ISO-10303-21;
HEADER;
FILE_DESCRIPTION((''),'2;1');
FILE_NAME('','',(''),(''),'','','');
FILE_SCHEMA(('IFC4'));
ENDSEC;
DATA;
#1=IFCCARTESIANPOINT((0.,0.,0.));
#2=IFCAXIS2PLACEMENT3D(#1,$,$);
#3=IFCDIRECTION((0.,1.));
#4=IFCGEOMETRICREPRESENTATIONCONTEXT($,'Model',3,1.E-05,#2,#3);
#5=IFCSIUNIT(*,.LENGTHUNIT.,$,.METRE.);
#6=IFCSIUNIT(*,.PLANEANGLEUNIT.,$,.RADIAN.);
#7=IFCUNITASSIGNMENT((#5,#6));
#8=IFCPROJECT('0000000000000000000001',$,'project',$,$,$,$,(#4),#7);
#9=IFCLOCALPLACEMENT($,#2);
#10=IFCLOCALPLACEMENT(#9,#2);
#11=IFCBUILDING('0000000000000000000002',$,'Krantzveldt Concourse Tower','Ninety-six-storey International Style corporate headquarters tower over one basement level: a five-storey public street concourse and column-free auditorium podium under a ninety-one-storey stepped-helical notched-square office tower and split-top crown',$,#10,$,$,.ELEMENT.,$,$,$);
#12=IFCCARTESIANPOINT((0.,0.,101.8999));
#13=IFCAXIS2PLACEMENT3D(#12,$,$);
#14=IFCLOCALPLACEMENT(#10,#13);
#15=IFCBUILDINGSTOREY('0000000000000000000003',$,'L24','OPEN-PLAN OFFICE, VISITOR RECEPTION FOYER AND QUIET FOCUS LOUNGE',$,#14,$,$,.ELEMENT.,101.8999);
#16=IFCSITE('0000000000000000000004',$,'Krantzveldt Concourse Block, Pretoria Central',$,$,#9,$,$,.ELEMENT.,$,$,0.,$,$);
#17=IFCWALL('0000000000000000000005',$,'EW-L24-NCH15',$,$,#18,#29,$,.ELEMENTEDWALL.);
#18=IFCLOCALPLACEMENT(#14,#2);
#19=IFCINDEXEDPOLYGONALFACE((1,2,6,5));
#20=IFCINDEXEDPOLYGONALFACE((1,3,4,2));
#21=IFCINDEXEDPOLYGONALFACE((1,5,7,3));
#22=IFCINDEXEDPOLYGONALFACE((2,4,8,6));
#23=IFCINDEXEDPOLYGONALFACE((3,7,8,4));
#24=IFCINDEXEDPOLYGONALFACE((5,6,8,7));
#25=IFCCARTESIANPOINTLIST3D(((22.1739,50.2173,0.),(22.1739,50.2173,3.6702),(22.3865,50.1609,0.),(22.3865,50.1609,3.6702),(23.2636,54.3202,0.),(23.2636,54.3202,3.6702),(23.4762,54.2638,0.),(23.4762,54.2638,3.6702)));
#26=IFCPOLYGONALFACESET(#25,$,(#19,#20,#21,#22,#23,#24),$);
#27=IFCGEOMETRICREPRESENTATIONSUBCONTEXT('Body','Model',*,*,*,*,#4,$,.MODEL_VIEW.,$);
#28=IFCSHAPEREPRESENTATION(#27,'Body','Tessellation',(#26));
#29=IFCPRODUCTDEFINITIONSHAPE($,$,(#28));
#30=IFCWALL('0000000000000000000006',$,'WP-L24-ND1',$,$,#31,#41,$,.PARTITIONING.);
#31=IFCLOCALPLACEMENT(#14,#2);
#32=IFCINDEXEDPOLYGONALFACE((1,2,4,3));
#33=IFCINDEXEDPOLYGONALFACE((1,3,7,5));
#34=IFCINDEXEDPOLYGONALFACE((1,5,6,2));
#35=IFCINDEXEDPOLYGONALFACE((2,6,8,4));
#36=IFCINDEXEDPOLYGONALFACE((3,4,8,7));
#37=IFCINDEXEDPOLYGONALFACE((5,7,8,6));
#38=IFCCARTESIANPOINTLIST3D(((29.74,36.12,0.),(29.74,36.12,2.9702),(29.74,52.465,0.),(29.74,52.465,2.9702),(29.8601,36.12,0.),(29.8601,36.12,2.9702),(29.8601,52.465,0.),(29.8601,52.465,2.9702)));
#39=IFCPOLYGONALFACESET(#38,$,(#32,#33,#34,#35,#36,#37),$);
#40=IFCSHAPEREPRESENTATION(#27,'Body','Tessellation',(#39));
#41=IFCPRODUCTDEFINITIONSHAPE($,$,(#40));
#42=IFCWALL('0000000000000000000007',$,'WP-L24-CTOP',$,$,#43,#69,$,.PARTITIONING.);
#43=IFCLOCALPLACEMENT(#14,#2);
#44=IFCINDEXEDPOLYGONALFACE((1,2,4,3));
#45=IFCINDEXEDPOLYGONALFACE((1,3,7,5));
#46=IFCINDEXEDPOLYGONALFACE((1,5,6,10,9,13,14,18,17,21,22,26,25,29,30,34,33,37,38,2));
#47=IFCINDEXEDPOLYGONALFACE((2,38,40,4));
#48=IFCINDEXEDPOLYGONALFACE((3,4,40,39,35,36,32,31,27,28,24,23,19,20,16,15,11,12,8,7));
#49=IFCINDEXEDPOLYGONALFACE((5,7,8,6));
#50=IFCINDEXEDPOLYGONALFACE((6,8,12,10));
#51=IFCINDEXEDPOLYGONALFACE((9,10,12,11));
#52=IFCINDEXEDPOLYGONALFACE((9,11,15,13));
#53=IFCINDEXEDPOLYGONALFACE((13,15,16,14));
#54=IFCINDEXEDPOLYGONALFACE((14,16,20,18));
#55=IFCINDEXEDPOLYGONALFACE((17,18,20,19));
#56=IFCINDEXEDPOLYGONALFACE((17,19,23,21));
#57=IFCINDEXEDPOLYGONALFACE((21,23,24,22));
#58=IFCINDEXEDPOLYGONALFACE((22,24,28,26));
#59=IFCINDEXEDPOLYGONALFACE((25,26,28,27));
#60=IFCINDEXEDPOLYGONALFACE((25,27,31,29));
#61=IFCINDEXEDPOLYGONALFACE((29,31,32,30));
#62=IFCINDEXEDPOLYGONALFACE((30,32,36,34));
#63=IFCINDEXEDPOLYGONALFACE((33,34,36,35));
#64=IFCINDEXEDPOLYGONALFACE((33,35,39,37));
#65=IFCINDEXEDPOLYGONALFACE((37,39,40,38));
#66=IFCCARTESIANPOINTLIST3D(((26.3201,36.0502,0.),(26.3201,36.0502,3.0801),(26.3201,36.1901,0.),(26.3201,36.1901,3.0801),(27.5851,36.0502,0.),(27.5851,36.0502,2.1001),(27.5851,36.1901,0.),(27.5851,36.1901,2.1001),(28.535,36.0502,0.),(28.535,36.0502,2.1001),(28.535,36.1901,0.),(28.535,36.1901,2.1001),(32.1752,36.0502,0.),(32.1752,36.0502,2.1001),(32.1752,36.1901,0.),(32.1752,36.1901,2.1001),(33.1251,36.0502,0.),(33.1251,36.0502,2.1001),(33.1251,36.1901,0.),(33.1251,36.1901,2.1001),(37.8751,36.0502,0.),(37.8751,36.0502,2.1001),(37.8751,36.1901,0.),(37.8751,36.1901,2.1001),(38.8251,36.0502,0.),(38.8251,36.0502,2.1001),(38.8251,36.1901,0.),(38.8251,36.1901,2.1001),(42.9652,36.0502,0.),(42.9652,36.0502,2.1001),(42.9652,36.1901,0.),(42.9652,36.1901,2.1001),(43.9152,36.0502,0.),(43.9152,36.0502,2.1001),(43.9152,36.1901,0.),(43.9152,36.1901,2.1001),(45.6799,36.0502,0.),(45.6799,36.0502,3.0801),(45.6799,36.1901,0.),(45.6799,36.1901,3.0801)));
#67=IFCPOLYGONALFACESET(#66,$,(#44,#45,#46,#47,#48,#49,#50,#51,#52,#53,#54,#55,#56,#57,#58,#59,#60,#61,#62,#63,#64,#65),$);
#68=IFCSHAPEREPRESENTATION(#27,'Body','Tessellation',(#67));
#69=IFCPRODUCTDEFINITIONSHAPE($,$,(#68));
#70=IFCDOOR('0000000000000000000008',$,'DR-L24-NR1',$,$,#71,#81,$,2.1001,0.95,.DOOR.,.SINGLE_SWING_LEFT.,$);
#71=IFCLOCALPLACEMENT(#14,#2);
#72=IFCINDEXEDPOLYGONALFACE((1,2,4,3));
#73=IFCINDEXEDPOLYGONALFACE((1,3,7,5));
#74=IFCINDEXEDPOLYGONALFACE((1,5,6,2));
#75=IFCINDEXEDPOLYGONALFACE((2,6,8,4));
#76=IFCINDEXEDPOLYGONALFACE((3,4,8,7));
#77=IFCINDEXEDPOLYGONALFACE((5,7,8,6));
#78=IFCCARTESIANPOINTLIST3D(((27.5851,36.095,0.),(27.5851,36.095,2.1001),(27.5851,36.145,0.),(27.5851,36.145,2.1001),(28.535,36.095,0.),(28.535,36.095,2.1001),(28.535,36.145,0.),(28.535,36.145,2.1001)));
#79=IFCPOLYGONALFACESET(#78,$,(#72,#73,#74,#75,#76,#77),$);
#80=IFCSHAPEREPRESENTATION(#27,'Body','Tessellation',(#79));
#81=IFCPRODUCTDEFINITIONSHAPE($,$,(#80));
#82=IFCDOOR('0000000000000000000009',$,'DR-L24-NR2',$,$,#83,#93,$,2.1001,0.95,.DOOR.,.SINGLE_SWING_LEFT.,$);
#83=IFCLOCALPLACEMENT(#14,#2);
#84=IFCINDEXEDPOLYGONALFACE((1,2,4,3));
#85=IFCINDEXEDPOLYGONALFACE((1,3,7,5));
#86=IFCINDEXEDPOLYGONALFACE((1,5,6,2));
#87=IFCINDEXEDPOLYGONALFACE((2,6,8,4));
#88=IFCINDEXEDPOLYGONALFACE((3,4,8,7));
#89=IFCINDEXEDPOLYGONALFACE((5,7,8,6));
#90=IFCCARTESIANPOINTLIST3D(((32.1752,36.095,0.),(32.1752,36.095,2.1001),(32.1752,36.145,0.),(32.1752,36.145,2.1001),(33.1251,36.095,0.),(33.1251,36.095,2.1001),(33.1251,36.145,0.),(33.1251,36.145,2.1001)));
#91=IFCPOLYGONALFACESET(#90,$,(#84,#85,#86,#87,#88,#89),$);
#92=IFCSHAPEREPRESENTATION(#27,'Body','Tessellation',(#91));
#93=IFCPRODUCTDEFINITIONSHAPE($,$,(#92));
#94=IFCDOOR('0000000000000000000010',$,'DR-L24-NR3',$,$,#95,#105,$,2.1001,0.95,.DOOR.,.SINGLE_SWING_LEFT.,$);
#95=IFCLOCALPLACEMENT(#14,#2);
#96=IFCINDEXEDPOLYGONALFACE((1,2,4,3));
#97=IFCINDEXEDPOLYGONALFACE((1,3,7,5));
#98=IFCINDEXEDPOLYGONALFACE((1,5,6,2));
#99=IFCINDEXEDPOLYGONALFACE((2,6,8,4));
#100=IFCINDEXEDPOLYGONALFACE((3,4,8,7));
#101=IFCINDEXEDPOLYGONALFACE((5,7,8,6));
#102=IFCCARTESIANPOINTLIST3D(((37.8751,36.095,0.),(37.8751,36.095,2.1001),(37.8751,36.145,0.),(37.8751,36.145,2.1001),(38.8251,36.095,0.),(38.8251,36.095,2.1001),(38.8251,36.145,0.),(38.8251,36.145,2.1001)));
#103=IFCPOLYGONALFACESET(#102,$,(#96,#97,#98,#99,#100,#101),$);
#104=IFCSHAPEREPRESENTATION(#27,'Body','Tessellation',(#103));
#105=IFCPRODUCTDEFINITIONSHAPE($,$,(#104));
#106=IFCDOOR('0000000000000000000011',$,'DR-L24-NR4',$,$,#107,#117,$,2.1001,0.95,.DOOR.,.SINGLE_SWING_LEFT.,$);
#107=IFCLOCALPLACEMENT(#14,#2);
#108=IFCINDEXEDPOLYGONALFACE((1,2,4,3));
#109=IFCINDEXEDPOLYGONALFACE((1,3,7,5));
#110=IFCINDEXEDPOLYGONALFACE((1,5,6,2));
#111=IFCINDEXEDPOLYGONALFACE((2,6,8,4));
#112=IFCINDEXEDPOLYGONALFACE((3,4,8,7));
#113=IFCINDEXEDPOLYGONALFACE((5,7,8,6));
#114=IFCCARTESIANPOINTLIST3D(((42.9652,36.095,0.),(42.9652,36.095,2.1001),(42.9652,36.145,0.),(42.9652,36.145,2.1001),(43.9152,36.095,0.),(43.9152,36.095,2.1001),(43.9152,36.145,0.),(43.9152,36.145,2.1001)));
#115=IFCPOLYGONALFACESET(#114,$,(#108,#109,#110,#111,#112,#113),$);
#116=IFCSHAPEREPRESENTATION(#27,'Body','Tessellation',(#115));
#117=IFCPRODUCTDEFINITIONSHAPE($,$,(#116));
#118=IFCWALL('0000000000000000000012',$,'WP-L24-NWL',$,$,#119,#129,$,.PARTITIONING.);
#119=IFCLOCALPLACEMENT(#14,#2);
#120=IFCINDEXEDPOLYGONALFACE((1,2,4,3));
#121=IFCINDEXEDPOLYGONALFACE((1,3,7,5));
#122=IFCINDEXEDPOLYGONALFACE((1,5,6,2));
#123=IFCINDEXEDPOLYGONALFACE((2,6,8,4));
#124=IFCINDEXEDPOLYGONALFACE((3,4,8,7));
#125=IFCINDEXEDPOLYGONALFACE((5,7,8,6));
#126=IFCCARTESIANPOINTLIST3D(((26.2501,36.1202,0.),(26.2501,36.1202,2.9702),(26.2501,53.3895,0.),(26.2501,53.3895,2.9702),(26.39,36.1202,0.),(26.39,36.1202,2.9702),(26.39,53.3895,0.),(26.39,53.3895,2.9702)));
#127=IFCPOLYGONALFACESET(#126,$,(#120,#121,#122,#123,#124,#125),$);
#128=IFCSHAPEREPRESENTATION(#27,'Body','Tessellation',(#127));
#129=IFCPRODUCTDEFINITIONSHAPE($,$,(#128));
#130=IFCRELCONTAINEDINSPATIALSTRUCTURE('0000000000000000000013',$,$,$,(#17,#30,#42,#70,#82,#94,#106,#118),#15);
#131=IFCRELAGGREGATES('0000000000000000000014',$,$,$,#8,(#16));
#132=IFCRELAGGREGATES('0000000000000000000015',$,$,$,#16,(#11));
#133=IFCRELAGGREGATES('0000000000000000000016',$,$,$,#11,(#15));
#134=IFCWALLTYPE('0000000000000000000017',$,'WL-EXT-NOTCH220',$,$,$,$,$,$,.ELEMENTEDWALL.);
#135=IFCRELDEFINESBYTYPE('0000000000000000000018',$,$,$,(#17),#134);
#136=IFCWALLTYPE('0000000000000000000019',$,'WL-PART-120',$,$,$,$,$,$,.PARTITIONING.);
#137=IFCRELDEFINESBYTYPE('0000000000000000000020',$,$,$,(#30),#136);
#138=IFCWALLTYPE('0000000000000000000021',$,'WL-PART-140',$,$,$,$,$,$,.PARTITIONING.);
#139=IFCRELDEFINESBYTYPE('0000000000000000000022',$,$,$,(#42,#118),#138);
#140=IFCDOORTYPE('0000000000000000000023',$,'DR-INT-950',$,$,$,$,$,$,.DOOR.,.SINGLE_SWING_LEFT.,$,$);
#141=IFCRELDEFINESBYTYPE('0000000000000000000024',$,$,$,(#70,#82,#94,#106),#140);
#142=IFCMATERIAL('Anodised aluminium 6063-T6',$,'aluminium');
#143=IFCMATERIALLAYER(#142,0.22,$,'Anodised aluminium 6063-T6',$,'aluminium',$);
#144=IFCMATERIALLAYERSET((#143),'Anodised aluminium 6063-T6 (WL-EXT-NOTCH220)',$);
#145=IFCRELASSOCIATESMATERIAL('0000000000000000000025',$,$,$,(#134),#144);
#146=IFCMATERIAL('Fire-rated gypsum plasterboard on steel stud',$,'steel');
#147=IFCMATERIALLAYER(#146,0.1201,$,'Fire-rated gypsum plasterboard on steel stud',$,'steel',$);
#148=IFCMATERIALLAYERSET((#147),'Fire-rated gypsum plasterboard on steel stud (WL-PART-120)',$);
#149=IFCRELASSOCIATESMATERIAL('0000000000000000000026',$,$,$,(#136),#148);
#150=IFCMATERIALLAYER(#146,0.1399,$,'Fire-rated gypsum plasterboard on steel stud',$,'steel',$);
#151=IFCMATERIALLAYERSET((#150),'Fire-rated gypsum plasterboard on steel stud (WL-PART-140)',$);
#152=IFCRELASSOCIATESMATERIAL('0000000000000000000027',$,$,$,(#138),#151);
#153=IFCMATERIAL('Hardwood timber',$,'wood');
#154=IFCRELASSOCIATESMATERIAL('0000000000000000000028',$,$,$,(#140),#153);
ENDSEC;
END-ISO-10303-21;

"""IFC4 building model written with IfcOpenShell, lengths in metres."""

from ifc_helpers import new_model, si_unit, direction, frame, frame_2d, origin, place, context, subcontext, project, spatial, rectangle, extrude, material, layer, layer_set, type_object, element, fill, save


model = new_model("IFC4")

# Units and contexts
model_context = context("Model", 3, precision=1e-05, world=origin(), true_north=direction((0.0, 1.0)))
body_context = subcontext(model_context, "Body", "Model", "MODEL_VIEW")
ifc_project = project(units=[si_unit("LENGTHUNIT", "METRE"), si_unit("PLANEANGLEUNIT", "RADIAN")], contexts=[model_context])

# Site, building, storey
site_placement = place(None, origin())
site = spatial("IfcSite", under=ifc_project, at=site_placement, Name="Krantzveldt Concourse Block, Pretoria Central", CompositionType="ELEMENT", RefElevation=0.0)
building_placement = place(site_placement, origin())
building = spatial("IfcBuilding", under=site, at=building_placement, Name="Krantzveldt Concourse Tower", Description="Ninety-six-storey International Style corporate headquarters tower over one basement level: a five-storey public street concourse and column-free auditorium podium under a ninety-one-storey stepped-helical notched-square office tower and split-top crown", CompositionType="ELEMENT")
storey_placement = place(building_placement, frame((0.0, 0.0, 101.8999)))
storey = spatial("IfcBuildingStorey", under=building, at=storey_placement, Name="L24", Description="OPEN-PLAN OFFICE, VISITOR RECEPTION FOYER AND QUIET FOCUS LOUNGE", CompositionType="ELEMENT", Elevation=101.8999)

# Shared definitions
ifc_material_1 = material(Name="Anodised aluminium 6063-T6", Category="aluminium")

# Walls
ifc_layer_1 = layer(ifc_material_1, 0.22, Name="Anodised aluminium 6063-T6", Category="aluminium")
ifc_layer_set_1 = layer_set([ifc_layer_1], Name="Anodised aluminium 6063-T6 (WL-EXT-NOTCH220)")
wall_type_1 = type_object("IfcWallType", Name="WL-EXT-NOTCH220", PredefinedType="ELEMENTEDWALL", material=ifc_layer_set_1)
wall_1_placement = place(storey_placement, frame((23.3699, 54.292, 0.0), z_axis=(0.0, 0.0, 1.0), x_axis=(-0.256678, -0.966497, 0.0)))
element("IfcWall", 1, at=wall_1_placement, inside=storey, type_object=wall_type_1, Name="EW-L24-NCH15", PredefinedType="ELEMENTEDWALL", context=body_context, shape_type="SweptSolid", body=[
    extrude(rectangle(XDim=4.2451, YDim=0.22, at=frame_2d((2.1226, 0.0))), origin(), (0.0, 0.0, 1.0), 3.6702),
])
ifc_material_2 = material(Name="Fire-rated gypsum plasterboard on steel stud", Category="steel")
ifc_layer_2 = layer(ifc_material_2, 0.1201, Name="Fire-rated gypsum plasterboard on steel stud", Category="steel")
ifc_layer_set_2 = layer_set([ifc_layer_2], Name="Fire-rated gypsum plasterboard on steel stud (WL-PART-120)")
wall_type_2 = type_object("IfcWallType", Name="WL-PART-120", PredefinedType="PARTITIONING", material=ifc_layer_set_2)
wall_2_placement = place(storey_placement, frame((29.8, 36.1201, 0.0), z_axis=(0.0, 0.0, 1.0), x_axis=(0.0, 1.0, 0.0)))
element("IfcWall", 2, at=wall_2_placement, inside=storey, type_object=wall_type_2, Name="WP-L24-ND1", PredefinedType="PARTITIONING", context=body_context, shape_type="SweptSolid", body=[
    extrude(rectangle(XDim=16.345, YDim=0.1201, at=frame_2d((8.1724, 0.0))), origin(), (0.0, 0.0, 1.0), 2.9702),
])

# Wall, openings, doors
ifc_layer_3 = layer(ifc_material_2, 0.1399, Name="Fire-rated gypsum plasterboard on steel stud", Category="steel")
ifc_layer_set_3 = layer_set([ifc_layer_3], Name="Fire-rated gypsum plasterboard on steel stud (WL-PART-140)")
wall_type_3 = type_object("IfcWallType", Name="WL-PART-140", PredefinedType="PARTITIONING", material=ifc_layer_set_3)
wall_3_placement = place(storey_placement, frame((26.3201, 36.1201, 0.0), z_axis=(0.0, 0.0, 1.0), x_axis=(1.0, 0.0, 0.0)))
wall_3 = element("IfcWall", 3, at=wall_3_placement, inside=storey, type_object=wall_type_3, Name="WP-L24-CTOP", PredefinedType="PARTITIONING", context=body_context, shape_type="SweptSolid", body=[
    extrude(rectangle(XDim=19.3599, YDim=0.1399, at=frame_2d((9.6799, 0.0))), origin(), (0.0, 0.0, 1.0), 3.0801),
])
opening_1_placement = place(wall_3_placement, frame((1.2649, 0.0, 0.0)))
opening_1 = element("IfcOpeningElement", 4, at=opening_1_placement, cuts=wall_3, PredefinedType="OPENING", context=body_context, shape_type="SweptSolid", body=[
    extrude(rectangle(XDim=0.95, YDim=2.1001, at=frame_2d((0.4751, 1.05))), frame((0.0, 0.0801, 0.0), z_axis=(0.0, -1.0, 0.0), x_axis=(1.0, 0.0, 0.0)), (0.0, 0.0, 1.0), 0.1599),
])
opening_2_placement = place(wall_3_placement, frame((5.855, 0.0, 0.0)))
opening_2 = element("IfcOpeningElement", 5, at=opening_2_placement, cuts=wall_3, PredefinedType="OPENING", context=body_context, shape_type="SweptSolid", body=[
    extrude(rectangle(XDim=0.95, YDim=2.1001, at=frame_2d((0.4751, 1.05))), frame((0.0, 0.0801, 0.0), z_axis=(0.0, -1.0, 0.0), x_axis=(1.0, 0.0, 0.0)), (0.0, 0.0, 1.0), 0.1599),
])
opening_3_placement = place(wall_3_placement, frame((11.5549, 0.0, 0.0)))
opening_3 = element("IfcOpeningElement", 6, at=opening_3_placement, cuts=wall_3, PredefinedType="OPENING", context=body_context, shape_type="SweptSolid", body=[
    extrude(rectangle(XDim=0.95, YDim=2.1001, at=frame_2d((0.4751, 1.05))), frame((0.0, 0.0801, 0.0), z_axis=(0.0, -1.0, 0.0), x_axis=(1.0, 0.0, 0.0)), (0.0, 0.0, 1.0), 0.1599),
])
opening_4_placement = place(wall_3_placement, frame((16.645, 0.0, 0.0)))
opening_4 = element("IfcOpeningElement", 7, at=opening_4_placement, cuts=wall_3, PredefinedType="OPENING", context=body_context, shape_type="SweptSolid", body=[
    extrude(rectangle(XDim=0.95, YDim=2.1001, at=frame_2d((0.4751, 1.05))), frame((0.0, 0.0801, 0.0), z_axis=(0.0, -1.0, 0.0), x_axis=(1.0, 0.0, 0.0)), (0.0, 0.0, 1.0), 0.1599),
])
ifc_material_3 = material(Name="Hardwood timber", Category="wood")
door_type = type_object("IfcDoorType", Name="DR-INT-950", OperationType="SINGLE_SWING_LEFT", PredefinedType="DOOR", material=ifc_material_3)
door_1_placement = place(opening_1_placement, origin())
door_1 = element("IfcDoor", 8, at=door_1_placement, inside=storey, type_object=door_type, Name="DR-L24-NR1", OperationType="SINGLE_SWING_LEFT", OverallHeight=2.1001, OverallWidth=0.95, PredefinedType="DOOR", context=body_context, shape_type="SweptSolid", body=[
    extrude(rectangle(XDim=0.95, YDim=2.1001, at=frame_2d((0.4751, 1.05))), frame((0.0, 0.0249, 0.0), z_axis=(0.0, -1.0, 0.0), x_axis=(1.0, 0.0, 0.0)), (0.0, 0.0, 1.0), 0.05),
])
fill(opening_1, door_1)
door_2_placement = place(opening_2_placement, origin())
door_2 = element("IfcDoor", 9, at=door_2_placement, inside=storey, type_object=door_type, Name="DR-L24-NR2", OperationType="SINGLE_SWING_LEFT", OverallHeight=2.1001, OverallWidth=0.95, PredefinedType="DOOR", context=body_context, shape_type="SweptSolid", body=[
    extrude(rectangle(XDim=0.95, YDim=2.1001, at=frame_2d((0.4751, 1.05))), frame((0.0, 0.0249, 0.0), z_axis=(0.0, -1.0, 0.0), x_axis=(1.0, 0.0, 0.0)), (0.0, 0.0, 1.0), 0.05),
])
fill(opening_2, door_2)
door_3_placement = place(opening_3_placement, origin())
door_3 = element("IfcDoor", 10, at=door_3_placement, inside=storey, type_object=door_type, Name="DR-L24-NR3", OperationType="SINGLE_SWING_LEFT", OverallHeight=2.1001, OverallWidth=0.95, PredefinedType="DOOR", context=body_context, shape_type="SweptSolid", body=[
    extrude(rectangle(XDim=0.95, YDim=2.1001, at=frame_2d((0.4751, 1.05))), frame((0.0, 0.0249, 0.0), z_axis=(0.0, -1.0, 0.0), x_axis=(1.0, 0.0, 0.0)), (0.0, 0.0, 1.0), 0.05),
])
fill(opening_3, door_3)
door_4_placement = place(opening_4_placement, origin())
door_4 = element("IfcDoor", 11, at=door_4_placement, inside=storey, type_object=door_type, Name="DR-L24-NR4", OperationType="SINGLE_SWING_LEFT", OverallHeight=2.1001, OverallWidth=0.95, PredefinedType="DOOR", context=body_context, shape_type="SweptSolid", body=[
    extrude(rectangle(XDim=0.95, YDim=2.1001, at=frame_2d((0.4751, 1.05))), frame((0.0, 0.0249, 0.0), z_axis=(0.0, -1.0, 0.0), x_axis=(1.0, 0.0, 0.0)), (0.0, 0.0, 1.0), 0.05),
])
fill(opening_4, door_4)

# Wall
wall_4_placement = place(storey_placement, frame((26.3201, 36.1201, 0.0), z_axis=(0.0, 0.0, 1.0), x_axis=(0.0, 1.0, 0.0)))
element("IfcWall", 12, at=wall_4_placement, inside=storey, type_object=wall_type_3, Name="WP-L24-NWL", PredefinedType="PARTITIONING", context=body_context, shape_type="SweptSolid", body=[
    extrude(rectangle(XDim=17.2693, YDim=0.1399, at=frame_2d((8.6348, 0.0))), origin(), (0.0, 0.0, 1.0), 2.9702),
])

save(model, "model.ifc")
